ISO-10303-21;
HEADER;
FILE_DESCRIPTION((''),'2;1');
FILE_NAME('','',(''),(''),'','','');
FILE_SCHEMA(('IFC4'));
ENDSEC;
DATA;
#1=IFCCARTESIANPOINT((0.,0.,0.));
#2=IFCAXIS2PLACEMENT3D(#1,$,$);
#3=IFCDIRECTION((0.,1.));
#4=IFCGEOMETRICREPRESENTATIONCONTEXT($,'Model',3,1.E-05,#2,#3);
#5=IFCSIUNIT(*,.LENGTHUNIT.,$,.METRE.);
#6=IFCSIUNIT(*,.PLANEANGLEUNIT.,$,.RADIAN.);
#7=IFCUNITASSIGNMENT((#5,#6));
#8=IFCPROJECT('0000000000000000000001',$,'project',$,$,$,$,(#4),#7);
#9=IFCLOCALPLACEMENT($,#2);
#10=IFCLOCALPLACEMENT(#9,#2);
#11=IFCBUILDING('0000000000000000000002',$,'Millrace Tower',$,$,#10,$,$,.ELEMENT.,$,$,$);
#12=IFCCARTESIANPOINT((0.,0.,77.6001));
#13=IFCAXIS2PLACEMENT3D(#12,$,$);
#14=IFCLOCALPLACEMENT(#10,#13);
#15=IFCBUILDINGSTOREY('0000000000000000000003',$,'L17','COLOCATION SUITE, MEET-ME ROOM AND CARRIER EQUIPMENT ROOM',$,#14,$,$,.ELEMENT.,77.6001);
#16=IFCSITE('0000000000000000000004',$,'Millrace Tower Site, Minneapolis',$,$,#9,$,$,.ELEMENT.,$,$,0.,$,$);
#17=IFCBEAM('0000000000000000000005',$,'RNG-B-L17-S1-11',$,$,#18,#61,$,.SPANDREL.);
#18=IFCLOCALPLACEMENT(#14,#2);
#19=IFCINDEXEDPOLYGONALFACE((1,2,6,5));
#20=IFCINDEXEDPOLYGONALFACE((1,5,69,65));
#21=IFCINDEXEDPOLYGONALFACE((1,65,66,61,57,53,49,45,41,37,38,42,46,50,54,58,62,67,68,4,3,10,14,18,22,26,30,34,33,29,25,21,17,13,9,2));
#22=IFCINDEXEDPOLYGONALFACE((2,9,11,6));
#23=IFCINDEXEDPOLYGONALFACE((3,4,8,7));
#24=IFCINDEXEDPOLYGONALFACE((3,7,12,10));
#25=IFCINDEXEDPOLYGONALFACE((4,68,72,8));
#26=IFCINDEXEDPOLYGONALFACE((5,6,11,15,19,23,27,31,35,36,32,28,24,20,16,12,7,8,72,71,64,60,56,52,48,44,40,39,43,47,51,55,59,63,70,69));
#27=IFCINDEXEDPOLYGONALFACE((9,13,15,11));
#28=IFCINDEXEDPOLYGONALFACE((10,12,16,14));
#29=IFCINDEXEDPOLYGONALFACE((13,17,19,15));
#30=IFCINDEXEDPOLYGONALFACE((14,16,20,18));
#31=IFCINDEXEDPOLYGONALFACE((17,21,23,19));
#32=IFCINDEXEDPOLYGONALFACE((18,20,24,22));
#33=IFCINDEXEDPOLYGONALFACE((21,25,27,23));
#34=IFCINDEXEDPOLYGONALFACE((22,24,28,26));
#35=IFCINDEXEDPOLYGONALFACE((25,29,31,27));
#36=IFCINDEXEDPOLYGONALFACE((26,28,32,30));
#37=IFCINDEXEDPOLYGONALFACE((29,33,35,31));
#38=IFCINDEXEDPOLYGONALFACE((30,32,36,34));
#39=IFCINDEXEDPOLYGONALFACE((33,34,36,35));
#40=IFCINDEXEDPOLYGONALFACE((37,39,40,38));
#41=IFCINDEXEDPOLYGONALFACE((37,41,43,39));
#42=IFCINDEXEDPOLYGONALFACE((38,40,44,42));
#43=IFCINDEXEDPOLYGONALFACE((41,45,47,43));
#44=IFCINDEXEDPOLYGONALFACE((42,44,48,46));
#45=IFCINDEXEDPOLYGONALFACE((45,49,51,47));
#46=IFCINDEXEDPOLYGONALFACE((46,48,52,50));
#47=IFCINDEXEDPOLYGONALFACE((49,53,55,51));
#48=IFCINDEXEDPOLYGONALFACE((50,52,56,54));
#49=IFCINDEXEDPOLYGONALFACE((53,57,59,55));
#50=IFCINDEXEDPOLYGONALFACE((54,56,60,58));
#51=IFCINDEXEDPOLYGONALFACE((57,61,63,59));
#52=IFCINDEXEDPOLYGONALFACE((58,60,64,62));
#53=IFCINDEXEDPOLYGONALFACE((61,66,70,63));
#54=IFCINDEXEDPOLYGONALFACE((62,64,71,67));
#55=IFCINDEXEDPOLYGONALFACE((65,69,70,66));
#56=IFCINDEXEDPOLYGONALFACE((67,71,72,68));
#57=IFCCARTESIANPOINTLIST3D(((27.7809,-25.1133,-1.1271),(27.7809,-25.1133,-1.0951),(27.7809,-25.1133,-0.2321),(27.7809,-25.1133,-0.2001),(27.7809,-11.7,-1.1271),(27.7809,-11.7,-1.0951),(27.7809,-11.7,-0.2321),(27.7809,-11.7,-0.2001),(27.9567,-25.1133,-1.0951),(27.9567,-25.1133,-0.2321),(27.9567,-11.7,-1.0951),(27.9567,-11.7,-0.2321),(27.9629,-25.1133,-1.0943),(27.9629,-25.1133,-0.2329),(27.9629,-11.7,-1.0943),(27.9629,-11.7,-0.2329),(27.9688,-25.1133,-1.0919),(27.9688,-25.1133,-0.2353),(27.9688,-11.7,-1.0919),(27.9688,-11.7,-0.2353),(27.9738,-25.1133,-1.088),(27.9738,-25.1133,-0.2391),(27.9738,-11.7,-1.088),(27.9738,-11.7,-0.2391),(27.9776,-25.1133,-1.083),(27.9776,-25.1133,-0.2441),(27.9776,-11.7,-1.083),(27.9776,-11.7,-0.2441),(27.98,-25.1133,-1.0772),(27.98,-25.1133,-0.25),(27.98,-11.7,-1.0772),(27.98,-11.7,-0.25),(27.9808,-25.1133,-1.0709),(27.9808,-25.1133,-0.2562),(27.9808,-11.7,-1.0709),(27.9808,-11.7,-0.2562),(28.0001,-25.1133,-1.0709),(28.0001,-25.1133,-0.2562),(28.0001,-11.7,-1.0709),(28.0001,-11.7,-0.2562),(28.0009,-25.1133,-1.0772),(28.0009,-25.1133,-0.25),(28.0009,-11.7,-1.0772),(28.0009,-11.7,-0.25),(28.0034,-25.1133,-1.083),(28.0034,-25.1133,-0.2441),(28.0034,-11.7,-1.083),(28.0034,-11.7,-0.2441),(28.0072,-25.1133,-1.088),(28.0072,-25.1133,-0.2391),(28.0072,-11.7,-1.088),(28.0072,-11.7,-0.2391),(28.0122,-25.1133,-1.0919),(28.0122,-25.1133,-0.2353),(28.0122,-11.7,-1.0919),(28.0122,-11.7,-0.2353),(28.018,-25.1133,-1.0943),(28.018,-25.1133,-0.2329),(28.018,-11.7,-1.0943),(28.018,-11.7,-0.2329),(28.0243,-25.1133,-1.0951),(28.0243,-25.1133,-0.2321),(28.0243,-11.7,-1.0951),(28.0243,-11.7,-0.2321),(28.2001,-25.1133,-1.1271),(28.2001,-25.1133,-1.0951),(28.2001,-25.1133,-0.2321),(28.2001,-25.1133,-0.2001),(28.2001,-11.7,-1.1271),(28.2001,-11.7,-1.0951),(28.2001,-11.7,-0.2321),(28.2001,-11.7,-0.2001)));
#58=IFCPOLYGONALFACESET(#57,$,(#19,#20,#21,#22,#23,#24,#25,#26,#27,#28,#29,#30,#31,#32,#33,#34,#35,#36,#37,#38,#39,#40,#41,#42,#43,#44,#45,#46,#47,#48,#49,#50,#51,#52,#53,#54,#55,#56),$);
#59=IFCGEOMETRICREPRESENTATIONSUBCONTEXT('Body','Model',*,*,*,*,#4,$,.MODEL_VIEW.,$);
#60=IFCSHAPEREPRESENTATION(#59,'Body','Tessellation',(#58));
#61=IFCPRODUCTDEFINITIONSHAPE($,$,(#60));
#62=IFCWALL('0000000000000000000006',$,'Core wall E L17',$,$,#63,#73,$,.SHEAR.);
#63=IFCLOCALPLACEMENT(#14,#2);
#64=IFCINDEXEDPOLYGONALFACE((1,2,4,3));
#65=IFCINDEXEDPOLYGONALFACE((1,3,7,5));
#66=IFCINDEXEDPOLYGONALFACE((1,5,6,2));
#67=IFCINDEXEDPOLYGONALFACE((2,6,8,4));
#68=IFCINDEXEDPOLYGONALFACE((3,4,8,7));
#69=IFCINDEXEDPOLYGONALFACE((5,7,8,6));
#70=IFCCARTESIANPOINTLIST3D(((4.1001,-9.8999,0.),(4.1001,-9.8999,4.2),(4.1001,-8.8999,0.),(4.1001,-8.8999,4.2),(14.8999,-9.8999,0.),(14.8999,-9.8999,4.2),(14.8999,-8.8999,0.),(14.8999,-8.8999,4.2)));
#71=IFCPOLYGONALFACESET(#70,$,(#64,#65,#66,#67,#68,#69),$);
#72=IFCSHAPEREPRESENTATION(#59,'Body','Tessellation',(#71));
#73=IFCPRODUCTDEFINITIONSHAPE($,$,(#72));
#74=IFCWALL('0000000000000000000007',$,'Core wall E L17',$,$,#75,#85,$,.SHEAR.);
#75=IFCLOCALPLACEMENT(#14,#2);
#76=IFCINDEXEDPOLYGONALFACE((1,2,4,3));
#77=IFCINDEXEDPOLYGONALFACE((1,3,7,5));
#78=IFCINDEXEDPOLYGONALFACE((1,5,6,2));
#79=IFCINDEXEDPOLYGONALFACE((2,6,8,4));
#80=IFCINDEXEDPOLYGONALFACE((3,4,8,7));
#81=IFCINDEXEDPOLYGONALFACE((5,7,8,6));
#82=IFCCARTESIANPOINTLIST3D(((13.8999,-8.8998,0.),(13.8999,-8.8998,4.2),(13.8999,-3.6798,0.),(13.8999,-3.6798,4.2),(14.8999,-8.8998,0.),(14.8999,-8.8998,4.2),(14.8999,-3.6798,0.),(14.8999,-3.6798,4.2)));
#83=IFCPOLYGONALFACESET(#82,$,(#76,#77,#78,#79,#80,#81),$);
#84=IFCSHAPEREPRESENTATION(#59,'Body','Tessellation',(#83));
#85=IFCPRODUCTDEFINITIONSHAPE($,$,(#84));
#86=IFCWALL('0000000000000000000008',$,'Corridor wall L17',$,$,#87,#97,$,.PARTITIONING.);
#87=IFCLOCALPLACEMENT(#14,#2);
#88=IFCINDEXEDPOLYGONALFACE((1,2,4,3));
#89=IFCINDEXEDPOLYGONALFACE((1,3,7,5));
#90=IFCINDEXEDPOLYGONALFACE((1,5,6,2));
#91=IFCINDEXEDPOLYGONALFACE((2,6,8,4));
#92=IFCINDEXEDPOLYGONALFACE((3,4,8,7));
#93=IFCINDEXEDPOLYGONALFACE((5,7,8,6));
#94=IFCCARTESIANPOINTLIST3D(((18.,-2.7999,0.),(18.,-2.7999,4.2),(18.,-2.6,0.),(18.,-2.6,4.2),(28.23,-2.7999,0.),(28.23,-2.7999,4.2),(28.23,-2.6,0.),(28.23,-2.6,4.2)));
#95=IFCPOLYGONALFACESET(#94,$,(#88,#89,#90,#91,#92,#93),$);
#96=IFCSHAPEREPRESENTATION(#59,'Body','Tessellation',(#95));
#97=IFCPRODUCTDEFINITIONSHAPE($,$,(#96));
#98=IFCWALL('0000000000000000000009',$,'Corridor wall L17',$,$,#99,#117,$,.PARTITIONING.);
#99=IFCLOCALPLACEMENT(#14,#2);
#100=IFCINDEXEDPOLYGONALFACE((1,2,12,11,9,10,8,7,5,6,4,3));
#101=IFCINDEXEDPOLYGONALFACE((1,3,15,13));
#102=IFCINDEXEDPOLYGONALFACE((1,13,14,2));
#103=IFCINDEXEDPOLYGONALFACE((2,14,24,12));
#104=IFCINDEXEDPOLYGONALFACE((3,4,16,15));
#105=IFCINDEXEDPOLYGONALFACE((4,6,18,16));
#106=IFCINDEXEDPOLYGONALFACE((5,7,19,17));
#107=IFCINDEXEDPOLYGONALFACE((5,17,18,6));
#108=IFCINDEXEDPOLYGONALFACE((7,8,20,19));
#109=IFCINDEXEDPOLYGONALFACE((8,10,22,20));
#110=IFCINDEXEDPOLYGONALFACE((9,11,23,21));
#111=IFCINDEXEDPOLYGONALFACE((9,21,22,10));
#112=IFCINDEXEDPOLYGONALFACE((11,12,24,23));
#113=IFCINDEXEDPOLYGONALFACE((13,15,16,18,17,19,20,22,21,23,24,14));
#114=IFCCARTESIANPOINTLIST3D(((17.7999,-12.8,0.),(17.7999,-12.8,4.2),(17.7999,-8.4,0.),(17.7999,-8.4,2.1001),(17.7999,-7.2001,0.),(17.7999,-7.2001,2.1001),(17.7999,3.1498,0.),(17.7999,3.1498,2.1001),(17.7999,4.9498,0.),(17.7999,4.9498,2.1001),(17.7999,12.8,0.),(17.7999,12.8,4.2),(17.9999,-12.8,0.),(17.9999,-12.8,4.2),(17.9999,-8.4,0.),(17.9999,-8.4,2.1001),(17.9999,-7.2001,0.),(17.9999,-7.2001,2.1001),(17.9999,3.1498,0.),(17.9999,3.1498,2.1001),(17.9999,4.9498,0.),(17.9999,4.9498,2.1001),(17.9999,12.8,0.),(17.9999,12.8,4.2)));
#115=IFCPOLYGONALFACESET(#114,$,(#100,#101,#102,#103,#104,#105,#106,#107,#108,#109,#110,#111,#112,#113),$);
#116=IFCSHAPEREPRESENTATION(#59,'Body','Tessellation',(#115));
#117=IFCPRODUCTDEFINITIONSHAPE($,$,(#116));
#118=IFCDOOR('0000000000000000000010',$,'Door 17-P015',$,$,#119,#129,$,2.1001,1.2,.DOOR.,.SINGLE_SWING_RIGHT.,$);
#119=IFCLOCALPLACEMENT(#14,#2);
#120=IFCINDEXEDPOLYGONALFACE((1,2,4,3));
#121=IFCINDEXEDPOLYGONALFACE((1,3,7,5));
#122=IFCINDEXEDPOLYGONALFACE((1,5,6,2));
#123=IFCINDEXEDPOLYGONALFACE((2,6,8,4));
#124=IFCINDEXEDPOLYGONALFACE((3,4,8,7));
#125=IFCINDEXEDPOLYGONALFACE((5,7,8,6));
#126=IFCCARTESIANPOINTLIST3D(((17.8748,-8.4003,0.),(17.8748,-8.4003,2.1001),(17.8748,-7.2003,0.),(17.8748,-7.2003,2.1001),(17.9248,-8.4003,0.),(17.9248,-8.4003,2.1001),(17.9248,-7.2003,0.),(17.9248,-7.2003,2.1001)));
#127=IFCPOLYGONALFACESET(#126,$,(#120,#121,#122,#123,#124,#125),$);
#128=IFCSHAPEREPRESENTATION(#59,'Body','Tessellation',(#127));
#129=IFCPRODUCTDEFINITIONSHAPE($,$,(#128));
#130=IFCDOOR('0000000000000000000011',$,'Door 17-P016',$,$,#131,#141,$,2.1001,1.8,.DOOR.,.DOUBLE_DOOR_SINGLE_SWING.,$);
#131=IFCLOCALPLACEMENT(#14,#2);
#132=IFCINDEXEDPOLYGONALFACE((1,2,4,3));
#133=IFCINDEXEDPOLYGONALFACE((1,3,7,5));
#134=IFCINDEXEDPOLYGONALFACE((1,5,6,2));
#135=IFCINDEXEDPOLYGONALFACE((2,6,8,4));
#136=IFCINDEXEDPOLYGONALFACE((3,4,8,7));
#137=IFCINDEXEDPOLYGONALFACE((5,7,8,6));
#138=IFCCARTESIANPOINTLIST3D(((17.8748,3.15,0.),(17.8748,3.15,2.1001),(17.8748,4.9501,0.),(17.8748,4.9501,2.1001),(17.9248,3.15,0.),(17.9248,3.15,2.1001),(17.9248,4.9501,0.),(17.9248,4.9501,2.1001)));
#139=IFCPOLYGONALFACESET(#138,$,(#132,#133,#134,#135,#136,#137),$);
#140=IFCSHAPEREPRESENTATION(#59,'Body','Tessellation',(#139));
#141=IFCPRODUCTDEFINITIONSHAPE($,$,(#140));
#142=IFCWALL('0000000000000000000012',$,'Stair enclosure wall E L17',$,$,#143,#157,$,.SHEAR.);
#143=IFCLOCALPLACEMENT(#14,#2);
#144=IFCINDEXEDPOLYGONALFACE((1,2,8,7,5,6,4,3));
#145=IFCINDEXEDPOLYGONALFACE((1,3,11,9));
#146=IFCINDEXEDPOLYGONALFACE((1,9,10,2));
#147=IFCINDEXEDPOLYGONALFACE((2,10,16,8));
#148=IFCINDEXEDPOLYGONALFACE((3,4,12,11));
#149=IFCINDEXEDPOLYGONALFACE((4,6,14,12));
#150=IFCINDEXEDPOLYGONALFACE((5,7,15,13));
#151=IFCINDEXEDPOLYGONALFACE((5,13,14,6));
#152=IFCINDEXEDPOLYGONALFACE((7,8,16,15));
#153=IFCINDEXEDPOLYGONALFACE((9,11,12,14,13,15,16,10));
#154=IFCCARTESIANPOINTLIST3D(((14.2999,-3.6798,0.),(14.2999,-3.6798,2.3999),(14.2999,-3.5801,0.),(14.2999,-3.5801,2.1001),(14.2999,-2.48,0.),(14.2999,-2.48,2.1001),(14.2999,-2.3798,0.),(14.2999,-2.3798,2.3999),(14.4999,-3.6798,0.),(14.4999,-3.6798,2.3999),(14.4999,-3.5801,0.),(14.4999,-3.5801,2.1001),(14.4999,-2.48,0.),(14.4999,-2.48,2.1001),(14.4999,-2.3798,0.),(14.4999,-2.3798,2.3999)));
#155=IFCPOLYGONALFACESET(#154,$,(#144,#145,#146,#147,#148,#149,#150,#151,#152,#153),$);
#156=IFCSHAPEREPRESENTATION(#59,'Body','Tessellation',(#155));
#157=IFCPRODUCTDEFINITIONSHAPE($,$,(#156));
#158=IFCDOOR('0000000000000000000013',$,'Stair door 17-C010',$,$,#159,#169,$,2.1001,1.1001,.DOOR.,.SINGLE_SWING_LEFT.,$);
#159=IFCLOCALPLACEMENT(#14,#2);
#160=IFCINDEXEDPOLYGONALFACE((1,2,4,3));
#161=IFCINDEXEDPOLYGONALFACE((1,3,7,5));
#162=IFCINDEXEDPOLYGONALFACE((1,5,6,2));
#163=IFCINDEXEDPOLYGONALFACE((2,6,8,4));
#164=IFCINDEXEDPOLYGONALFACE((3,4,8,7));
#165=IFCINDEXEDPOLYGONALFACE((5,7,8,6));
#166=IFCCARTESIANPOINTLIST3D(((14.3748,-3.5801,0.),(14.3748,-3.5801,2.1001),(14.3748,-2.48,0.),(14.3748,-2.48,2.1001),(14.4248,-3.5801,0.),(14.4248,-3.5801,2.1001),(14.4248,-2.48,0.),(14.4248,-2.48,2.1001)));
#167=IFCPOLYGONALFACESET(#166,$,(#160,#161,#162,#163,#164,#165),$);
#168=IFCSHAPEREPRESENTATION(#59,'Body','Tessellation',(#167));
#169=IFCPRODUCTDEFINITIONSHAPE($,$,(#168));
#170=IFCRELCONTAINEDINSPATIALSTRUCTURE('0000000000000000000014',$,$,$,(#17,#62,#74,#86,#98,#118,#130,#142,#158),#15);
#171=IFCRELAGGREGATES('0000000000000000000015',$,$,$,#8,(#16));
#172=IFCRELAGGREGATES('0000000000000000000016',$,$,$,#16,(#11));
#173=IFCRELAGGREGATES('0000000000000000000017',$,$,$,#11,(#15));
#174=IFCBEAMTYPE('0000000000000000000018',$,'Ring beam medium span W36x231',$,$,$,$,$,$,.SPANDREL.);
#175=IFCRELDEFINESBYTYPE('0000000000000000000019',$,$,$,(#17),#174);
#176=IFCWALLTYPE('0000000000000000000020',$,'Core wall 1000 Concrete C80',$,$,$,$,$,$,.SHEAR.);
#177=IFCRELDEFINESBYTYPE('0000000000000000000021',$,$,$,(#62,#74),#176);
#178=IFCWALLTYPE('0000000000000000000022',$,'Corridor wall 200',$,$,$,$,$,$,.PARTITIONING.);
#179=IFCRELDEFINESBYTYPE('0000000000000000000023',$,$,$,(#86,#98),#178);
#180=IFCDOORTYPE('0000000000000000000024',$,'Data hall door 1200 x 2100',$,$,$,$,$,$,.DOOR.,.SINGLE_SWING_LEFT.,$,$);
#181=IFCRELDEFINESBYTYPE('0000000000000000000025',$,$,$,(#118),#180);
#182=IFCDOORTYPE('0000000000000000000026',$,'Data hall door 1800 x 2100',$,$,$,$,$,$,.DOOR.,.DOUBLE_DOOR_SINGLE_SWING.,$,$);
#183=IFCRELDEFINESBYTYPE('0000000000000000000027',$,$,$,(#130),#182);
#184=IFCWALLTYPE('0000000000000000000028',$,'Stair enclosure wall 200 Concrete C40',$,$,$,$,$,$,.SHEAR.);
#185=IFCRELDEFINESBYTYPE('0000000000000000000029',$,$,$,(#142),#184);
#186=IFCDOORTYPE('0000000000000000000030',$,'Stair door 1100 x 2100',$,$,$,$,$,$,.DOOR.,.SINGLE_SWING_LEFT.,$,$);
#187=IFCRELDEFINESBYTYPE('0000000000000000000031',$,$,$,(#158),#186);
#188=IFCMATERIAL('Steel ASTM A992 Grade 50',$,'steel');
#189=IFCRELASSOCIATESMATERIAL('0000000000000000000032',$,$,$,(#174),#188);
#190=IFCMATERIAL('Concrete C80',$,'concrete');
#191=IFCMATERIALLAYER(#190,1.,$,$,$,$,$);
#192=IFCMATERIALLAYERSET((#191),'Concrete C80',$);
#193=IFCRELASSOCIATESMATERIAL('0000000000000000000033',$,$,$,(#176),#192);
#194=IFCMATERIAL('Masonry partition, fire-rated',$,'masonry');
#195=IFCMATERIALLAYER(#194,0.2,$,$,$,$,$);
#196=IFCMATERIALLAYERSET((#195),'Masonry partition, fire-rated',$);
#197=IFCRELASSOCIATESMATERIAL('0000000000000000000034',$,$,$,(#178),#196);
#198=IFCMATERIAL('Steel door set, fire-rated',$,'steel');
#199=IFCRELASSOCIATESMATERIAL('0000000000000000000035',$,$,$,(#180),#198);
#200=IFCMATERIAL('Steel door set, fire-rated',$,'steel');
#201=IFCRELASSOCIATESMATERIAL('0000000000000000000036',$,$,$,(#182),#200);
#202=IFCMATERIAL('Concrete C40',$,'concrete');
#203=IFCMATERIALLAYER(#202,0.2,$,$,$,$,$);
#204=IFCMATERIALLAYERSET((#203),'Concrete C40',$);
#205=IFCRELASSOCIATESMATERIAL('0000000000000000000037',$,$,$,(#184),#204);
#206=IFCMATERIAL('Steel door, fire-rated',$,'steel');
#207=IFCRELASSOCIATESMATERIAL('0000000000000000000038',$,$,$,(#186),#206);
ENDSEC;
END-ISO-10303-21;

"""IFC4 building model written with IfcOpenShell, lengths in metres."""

from ifc_helpers import new_model, si_unit, direction, frame, frame_2d, origin, origin_2d, place, context, subcontext, project, spatial, rectangle, i_section, extrude, material, layer, layer_set, material_profile, profile_set, type_object, element, fill, save


model = new_model("IFC4")

# Units and contexts
model_context = context("Model", 3, precision=1e-05, world=origin(), true_north=direction((0.0, 1.0)))
body_context = subcontext(model_context, "Body", "Model", "MODEL_VIEW")
ifc_project = project(units=[si_unit("LENGTHUNIT", "METRE"), si_unit("PLANEANGLEUNIT", "RADIAN")], contexts=[model_context])

# Site, building, storey
site_placement = place(None, origin())
site = spatial("IfcSite", under=ifc_project, at=site_placement, Name="Millrace Tower Site, Minneapolis", CompositionType="ELEMENT", RefElevation=0.0)
building_placement = place(site_placement, origin())
building = spatial("IfcBuilding", under=site, at=building_placement, Name="Millrace Tower", CompositionType="ELEMENT")
storey_placement = place(building_placement, frame((0.0, 0.0, 77.6001)))
storey = spatial("IfcBuildingStorey", under=building, at=storey_placement, Name="L17", Description="COLOCATION SUITE, MEET-ME ROOM AND CARRIER EQUIPMENT ROOM", CompositionType="ELEMENT", Elevation=77.6001)

# Beam
ifc_material_1 = material(Name="Steel ASTM A992 Grade 50", Category="steel")
ifc_material_profile_1 = material_profile(ifc_material_1, i_section(OverallWidth=0.4192, OverallDepth=0.927, WebThickness=0.0193, FlangeThickness=0.032, FilletRadius=0.0242, at=origin_2d()))
ifc_profile_set_1 = profile_set([ifc_material_profile_1], Name="Steel ASTM A992 Grade 50")
beam_type_1 = type_object("IfcBeamType", Name="Ring beam medium span W36x231", PredefinedType="SPANDREL", material=ifc_profile_set_1)
beam_1_placement = place(storey_placement, frame((27.9905, -11.7, -0.6636), z_axis=(0.0, -1.0, 0.0), x_axis=(1.0, 0.0, 0.0)))
element("IfcBeam", 1, at=beam_1_placement, inside=storey, type_object=beam_type_1, Name="RNG-B-L17-S1-11", PredefinedType="SPANDREL", context=body_context, shape_type="SweptSolid", body=[
    extrude(i_section(OverallWidth=0.4192, OverallDepth=0.927, WebThickness=0.0193, FlangeThickness=0.032, FilletRadius=0.0242, at=origin_2d()), origin(), (0.0, 0.0, 1.0), 13.4133),
])

# Walls
ifc_material_2 = material(Name="Concrete C80", Category="concrete")
ifc_layer_1 = layer(ifc_material_2, 1.0)
ifc_layer_set_1 = layer_set([ifc_layer_1], Name="Concrete C80")
wall_type_1 = type_object("IfcWallType", Name="Core wall 1000 Concrete C80", PredefinedType="SHEAR", material=ifc_layer_set_1)
wall_1_placement = place(storey_placement, frame((14.8999, -9.3999, 0.0), z_axis=(0.0, 0.0, 1.0), x_axis=(-1.0, 0.0, 0.0)))
element("IfcWall", 2, at=wall_1_placement, inside=storey, type_object=wall_type_1, Name="Core wall E L17", PredefinedType="SHEAR", context=body_context, shape_type="SweptSolid", body=[
    extrude(rectangle(XDim=10.7998, YDim=1.0, at=frame_2d((5.3999, 0.0))), origin(), (0.0, 0.0, 1.0), 4.2),
])
wall_2_placement = place(storey_placement, frame((14.3999, -3.6799, 0.0), z_axis=(0.0, 0.0, 1.0), x_axis=(0.0, -1.0, 0.0)))
element("IfcWall", 3, at=wall_2_placement, inside=storey, type_object=wall_type_1, Name="Core wall E L17", PredefinedType="SHEAR", context=body_context, shape_type="SweptSolid", body=[
    extrude(rectangle(XDim=5.22, YDim=1.0, at=frame_2d((2.6099, 0.0))), origin(), (0.0, 0.0, 1.0), 4.2),
])
ifc_material_3 = material(Name="Masonry partition, fire-rated", Category="masonry")
ifc_layer_2 = layer(ifc_material_3, 0.2)
ifc_layer_set_2 = layer_set([ifc_layer_2], Name="Masonry partition, fire-rated")
wall_type_2 = type_object("IfcWallType", Name="Corridor wall 200", PredefinedType="PARTITIONING", material=ifc_layer_set_2)
wall_3_placement = place(storey_placement, frame((18.0, -2.7, 0.0), z_axis=(0.0, 0.0, 1.0), x_axis=(1.0, 0.0, 0.0)))
element("IfcWall", 4, at=wall_3_placement, inside=storey, type_object=wall_type_2, Name="Corridor wall L17", PredefinedType="PARTITIONING", context=body_context, shape_type="SweptSolid", body=[
    extrude(rectangle(XDim=10.23, YDim=0.2, at=frame_2d((5.115, 0.0))), origin(), (0.0, 0.0, 1.0), 4.2),
])

# Wall, openings, doors
wall_4_placement = place(storey_placement, frame((17.8999, -12.8, 0.0), z_axis=(0.0, 0.0, 1.0), x_axis=(0.0, 1.0, 0.0)))
wall_4 = element("IfcWall", 5, at=wall_4_placement, inside=storey, type_object=wall_type_2, Name="Corridor wall L17", PredefinedType="PARTITIONING", context=body_context, shape_type="SweptSolid", body=[
    extrude(rectangle(XDim=25.6001, YDim=0.2, at=frame_2d((12.8, 0.0))), origin(), (0.0, 0.0, 1.0), 4.2),
])
opening_1_placement = place(wall_4_placement, frame((4.3999, 0.0, 0.0)))
opening_1 = element("IfcOpeningElement", 6, at=opening_1_placement, cuts=wall_4, PredefinedType="OPENING", context=body_context, shape_type="SweptSolid", body=[
    extrude(rectangle(XDim=1.2, YDim=2.1001, at=frame_2d((0.6001, 1.05))), frame((0.0, 0.1099, 0.0), z_axis=(0.0, -1.0, 0.0), x_axis=(1.0, 0.0, 0.0)), (0.0, 0.0, 1.0), 0.22),
])
opening_2_placement = place(wall_4_placement, frame((15.95, 0.0, 0.0)))
opening_2 = element("IfcOpeningElement", 7, at=opening_2_placement, cuts=wall_4, PredefinedType="OPENING", context=body_context, shape_type="SweptSolid", body=[
    extrude(rectangle(XDim=1.8, YDim=2.1001, at=frame_2d((0.8999, 1.05))), frame((0.0, 0.1099, 0.0), z_axis=(0.0, -1.0, 0.0), x_axis=(1.0, 0.0, 0.0)), (0.0, 0.0, 1.0), 0.22),
])
ifc_material_4 = material(Name="Steel door set, fire-rated", Category="steel")
door_type_1 = type_object("IfcDoorType", Name="Data hall door 1200 x 2100", OperationType="SINGLE_SWING_LEFT", PredefinedType="DOOR", material=ifc_material_4)
door_1_placement = place(opening_1_placement, frame((1.2, 0.0, 0.0), z_axis=(0.0, 0.0, 1.0), x_axis=(-1.0, 0.0, 0.0)))
door_1 = element("IfcDoor", 8, at=door_1_placement, inside=storey, type_object=door_type_1, Name="Door 17-P015", OperationType="SINGLE_SWING_RIGHT", OverallHeight=2.1001, OverallWidth=1.2, PredefinedType="DOOR", context=body_context, shape_type="SweptSolid", body=[
    extrude(rectangle(XDim=1.2, YDim=2.1001, at=frame_2d((0.6001, 1.05))), frame((0.0, 0.0249, 0.0), z_axis=(0.0, -1.0, 0.0), x_axis=(1.0, 0.0, 0.0)), (0.0, 0.0, 1.0), 0.05),
])
fill(opening_1, door_1)
ifc_material_5 = material(Name="Steel door set, fire-rated", Category="steel")
door_type_2 = type_object("IfcDoorType", Name="Data hall door 1800 x 2100", OperationType="DOUBLE_DOOR_SINGLE_SWING", PredefinedType="DOOR", material=ifc_material_5)
door_2_placement = place(opening_2_placement, frame((1.8, 0.0, 0.0), z_axis=(0.0, 0.0, 1.0), x_axis=(-1.0, 0.0, 0.0)))
door_2 = element("IfcDoor", 9, at=door_2_placement, inside=storey, type_object=door_type_2, Name="Door 17-P016", OperationType="DOUBLE_DOOR_SINGLE_SWING", OverallHeight=2.1001, OverallWidth=1.8, PredefinedType="DOOR", context=body_context, shape_type="SweptSolid", body=[
    extrude(rectangle(XDim=1.8, YDim=2.1001, at=frame_2d((0.8999, 1.05))), frame((0.0, 0.0249, 0.0), z_axis=(0.0, -1.0, 0.0), x_axis=(1.0, 0.0, 0.0)), (0.0, 0.0, 1.0), 0.05),
])
fill(opening_2, door_2)

# Wall, opening, door
ifc_material_6 = material(Name="Concrete C40", Category="concrete")
ifc_layer_3 = layer(ifc_material_6, 0.2)
ifc_layer_set_3 = layer_set([ifc_layer_3], Name="Concrete C40")
wall_type_3 = type_object("IfcWallType", Name="Stair enclosure wall 200 Concrete C40", PredefinedType="SHEAR", material=ifc_layer_set_3)
wall_5_placement = place(storey_placement, frame((14.3999, -2.3799, 0.0), z_axis=(0.0, 0.0, 1.0), x_axis=(0.0, -1.0, 0.0)))
wall_5 = element("IfcWall", 10, at=wall_5_placement, inside=storey, type_object=wall_type_3, Name="Stair enclosure wall E L17", PredefinedType="SHEAR", context=body_context, shape_type="SweptSolid", body=[
    extrude(rectangle(XDim=1.3, YDim=0.2, at=frame_2d((0.6499, 0.0))), origin(), (0.0, 0.0, 1.0), 2.3999),
])
opening_3_placement = place(wall_5_placement, frame((0.1001, 0.0, 0.0)))
opening_3 = element("IfcOpeningElement", 11, at=opening_3_placement, cuts=wall_5, PredefinedType="OPENING", context=body_context, shape_type="SweptSolid", body=[
    extrude(rectangle(XDim=1.1001, YDim=2.1001, at=frame_2d((0.55, 1.05))), frame((0.0, 0.1099, 0.0), z_axis=(0.0, -1.0, 0.0), x_axis=(1.0, 0.0, 0.0)), (0.0, 0.0, 1.0), 0.22),
])
ifc_material_7 = material(Name="Steel door, fire-rated", Category="steel")
door_type_3 = type_object("IfcDoorType", Name="Stair door 1100 x 2100", OperationType="SINGLE_SWING_LEFT", PredefinedType="DOOR", material=ifc_material_7)
door_3_placement = place(opening_3_placement, origin())
door_3 = element("IfcDoor", 12, at=door_3_placement, inside=storey, type_object=door_type_3, Name="Stair door 17-C010", OperationType="SINGLE_SWING_LEFT", OverallHeight=2.1001, OverallWidth=1.1001, PredefinedType="DOOR", context=body_context, shape_type="SweptSolid", body=[
    extrude(rectangle(XDim=1.1001, YDim=2.1001, at=frame_2d((0.55, 1.05))), frame((0.0, 0.0249, 0.0), z_axis=(0.0, -1.0, 0.0), x_axis=(1.0, 0.0, 0.0)), (0.0, 0.0, 1.0), 0.05),
])
fill(opening_3, door_3)

save(model, "model.ifc")
